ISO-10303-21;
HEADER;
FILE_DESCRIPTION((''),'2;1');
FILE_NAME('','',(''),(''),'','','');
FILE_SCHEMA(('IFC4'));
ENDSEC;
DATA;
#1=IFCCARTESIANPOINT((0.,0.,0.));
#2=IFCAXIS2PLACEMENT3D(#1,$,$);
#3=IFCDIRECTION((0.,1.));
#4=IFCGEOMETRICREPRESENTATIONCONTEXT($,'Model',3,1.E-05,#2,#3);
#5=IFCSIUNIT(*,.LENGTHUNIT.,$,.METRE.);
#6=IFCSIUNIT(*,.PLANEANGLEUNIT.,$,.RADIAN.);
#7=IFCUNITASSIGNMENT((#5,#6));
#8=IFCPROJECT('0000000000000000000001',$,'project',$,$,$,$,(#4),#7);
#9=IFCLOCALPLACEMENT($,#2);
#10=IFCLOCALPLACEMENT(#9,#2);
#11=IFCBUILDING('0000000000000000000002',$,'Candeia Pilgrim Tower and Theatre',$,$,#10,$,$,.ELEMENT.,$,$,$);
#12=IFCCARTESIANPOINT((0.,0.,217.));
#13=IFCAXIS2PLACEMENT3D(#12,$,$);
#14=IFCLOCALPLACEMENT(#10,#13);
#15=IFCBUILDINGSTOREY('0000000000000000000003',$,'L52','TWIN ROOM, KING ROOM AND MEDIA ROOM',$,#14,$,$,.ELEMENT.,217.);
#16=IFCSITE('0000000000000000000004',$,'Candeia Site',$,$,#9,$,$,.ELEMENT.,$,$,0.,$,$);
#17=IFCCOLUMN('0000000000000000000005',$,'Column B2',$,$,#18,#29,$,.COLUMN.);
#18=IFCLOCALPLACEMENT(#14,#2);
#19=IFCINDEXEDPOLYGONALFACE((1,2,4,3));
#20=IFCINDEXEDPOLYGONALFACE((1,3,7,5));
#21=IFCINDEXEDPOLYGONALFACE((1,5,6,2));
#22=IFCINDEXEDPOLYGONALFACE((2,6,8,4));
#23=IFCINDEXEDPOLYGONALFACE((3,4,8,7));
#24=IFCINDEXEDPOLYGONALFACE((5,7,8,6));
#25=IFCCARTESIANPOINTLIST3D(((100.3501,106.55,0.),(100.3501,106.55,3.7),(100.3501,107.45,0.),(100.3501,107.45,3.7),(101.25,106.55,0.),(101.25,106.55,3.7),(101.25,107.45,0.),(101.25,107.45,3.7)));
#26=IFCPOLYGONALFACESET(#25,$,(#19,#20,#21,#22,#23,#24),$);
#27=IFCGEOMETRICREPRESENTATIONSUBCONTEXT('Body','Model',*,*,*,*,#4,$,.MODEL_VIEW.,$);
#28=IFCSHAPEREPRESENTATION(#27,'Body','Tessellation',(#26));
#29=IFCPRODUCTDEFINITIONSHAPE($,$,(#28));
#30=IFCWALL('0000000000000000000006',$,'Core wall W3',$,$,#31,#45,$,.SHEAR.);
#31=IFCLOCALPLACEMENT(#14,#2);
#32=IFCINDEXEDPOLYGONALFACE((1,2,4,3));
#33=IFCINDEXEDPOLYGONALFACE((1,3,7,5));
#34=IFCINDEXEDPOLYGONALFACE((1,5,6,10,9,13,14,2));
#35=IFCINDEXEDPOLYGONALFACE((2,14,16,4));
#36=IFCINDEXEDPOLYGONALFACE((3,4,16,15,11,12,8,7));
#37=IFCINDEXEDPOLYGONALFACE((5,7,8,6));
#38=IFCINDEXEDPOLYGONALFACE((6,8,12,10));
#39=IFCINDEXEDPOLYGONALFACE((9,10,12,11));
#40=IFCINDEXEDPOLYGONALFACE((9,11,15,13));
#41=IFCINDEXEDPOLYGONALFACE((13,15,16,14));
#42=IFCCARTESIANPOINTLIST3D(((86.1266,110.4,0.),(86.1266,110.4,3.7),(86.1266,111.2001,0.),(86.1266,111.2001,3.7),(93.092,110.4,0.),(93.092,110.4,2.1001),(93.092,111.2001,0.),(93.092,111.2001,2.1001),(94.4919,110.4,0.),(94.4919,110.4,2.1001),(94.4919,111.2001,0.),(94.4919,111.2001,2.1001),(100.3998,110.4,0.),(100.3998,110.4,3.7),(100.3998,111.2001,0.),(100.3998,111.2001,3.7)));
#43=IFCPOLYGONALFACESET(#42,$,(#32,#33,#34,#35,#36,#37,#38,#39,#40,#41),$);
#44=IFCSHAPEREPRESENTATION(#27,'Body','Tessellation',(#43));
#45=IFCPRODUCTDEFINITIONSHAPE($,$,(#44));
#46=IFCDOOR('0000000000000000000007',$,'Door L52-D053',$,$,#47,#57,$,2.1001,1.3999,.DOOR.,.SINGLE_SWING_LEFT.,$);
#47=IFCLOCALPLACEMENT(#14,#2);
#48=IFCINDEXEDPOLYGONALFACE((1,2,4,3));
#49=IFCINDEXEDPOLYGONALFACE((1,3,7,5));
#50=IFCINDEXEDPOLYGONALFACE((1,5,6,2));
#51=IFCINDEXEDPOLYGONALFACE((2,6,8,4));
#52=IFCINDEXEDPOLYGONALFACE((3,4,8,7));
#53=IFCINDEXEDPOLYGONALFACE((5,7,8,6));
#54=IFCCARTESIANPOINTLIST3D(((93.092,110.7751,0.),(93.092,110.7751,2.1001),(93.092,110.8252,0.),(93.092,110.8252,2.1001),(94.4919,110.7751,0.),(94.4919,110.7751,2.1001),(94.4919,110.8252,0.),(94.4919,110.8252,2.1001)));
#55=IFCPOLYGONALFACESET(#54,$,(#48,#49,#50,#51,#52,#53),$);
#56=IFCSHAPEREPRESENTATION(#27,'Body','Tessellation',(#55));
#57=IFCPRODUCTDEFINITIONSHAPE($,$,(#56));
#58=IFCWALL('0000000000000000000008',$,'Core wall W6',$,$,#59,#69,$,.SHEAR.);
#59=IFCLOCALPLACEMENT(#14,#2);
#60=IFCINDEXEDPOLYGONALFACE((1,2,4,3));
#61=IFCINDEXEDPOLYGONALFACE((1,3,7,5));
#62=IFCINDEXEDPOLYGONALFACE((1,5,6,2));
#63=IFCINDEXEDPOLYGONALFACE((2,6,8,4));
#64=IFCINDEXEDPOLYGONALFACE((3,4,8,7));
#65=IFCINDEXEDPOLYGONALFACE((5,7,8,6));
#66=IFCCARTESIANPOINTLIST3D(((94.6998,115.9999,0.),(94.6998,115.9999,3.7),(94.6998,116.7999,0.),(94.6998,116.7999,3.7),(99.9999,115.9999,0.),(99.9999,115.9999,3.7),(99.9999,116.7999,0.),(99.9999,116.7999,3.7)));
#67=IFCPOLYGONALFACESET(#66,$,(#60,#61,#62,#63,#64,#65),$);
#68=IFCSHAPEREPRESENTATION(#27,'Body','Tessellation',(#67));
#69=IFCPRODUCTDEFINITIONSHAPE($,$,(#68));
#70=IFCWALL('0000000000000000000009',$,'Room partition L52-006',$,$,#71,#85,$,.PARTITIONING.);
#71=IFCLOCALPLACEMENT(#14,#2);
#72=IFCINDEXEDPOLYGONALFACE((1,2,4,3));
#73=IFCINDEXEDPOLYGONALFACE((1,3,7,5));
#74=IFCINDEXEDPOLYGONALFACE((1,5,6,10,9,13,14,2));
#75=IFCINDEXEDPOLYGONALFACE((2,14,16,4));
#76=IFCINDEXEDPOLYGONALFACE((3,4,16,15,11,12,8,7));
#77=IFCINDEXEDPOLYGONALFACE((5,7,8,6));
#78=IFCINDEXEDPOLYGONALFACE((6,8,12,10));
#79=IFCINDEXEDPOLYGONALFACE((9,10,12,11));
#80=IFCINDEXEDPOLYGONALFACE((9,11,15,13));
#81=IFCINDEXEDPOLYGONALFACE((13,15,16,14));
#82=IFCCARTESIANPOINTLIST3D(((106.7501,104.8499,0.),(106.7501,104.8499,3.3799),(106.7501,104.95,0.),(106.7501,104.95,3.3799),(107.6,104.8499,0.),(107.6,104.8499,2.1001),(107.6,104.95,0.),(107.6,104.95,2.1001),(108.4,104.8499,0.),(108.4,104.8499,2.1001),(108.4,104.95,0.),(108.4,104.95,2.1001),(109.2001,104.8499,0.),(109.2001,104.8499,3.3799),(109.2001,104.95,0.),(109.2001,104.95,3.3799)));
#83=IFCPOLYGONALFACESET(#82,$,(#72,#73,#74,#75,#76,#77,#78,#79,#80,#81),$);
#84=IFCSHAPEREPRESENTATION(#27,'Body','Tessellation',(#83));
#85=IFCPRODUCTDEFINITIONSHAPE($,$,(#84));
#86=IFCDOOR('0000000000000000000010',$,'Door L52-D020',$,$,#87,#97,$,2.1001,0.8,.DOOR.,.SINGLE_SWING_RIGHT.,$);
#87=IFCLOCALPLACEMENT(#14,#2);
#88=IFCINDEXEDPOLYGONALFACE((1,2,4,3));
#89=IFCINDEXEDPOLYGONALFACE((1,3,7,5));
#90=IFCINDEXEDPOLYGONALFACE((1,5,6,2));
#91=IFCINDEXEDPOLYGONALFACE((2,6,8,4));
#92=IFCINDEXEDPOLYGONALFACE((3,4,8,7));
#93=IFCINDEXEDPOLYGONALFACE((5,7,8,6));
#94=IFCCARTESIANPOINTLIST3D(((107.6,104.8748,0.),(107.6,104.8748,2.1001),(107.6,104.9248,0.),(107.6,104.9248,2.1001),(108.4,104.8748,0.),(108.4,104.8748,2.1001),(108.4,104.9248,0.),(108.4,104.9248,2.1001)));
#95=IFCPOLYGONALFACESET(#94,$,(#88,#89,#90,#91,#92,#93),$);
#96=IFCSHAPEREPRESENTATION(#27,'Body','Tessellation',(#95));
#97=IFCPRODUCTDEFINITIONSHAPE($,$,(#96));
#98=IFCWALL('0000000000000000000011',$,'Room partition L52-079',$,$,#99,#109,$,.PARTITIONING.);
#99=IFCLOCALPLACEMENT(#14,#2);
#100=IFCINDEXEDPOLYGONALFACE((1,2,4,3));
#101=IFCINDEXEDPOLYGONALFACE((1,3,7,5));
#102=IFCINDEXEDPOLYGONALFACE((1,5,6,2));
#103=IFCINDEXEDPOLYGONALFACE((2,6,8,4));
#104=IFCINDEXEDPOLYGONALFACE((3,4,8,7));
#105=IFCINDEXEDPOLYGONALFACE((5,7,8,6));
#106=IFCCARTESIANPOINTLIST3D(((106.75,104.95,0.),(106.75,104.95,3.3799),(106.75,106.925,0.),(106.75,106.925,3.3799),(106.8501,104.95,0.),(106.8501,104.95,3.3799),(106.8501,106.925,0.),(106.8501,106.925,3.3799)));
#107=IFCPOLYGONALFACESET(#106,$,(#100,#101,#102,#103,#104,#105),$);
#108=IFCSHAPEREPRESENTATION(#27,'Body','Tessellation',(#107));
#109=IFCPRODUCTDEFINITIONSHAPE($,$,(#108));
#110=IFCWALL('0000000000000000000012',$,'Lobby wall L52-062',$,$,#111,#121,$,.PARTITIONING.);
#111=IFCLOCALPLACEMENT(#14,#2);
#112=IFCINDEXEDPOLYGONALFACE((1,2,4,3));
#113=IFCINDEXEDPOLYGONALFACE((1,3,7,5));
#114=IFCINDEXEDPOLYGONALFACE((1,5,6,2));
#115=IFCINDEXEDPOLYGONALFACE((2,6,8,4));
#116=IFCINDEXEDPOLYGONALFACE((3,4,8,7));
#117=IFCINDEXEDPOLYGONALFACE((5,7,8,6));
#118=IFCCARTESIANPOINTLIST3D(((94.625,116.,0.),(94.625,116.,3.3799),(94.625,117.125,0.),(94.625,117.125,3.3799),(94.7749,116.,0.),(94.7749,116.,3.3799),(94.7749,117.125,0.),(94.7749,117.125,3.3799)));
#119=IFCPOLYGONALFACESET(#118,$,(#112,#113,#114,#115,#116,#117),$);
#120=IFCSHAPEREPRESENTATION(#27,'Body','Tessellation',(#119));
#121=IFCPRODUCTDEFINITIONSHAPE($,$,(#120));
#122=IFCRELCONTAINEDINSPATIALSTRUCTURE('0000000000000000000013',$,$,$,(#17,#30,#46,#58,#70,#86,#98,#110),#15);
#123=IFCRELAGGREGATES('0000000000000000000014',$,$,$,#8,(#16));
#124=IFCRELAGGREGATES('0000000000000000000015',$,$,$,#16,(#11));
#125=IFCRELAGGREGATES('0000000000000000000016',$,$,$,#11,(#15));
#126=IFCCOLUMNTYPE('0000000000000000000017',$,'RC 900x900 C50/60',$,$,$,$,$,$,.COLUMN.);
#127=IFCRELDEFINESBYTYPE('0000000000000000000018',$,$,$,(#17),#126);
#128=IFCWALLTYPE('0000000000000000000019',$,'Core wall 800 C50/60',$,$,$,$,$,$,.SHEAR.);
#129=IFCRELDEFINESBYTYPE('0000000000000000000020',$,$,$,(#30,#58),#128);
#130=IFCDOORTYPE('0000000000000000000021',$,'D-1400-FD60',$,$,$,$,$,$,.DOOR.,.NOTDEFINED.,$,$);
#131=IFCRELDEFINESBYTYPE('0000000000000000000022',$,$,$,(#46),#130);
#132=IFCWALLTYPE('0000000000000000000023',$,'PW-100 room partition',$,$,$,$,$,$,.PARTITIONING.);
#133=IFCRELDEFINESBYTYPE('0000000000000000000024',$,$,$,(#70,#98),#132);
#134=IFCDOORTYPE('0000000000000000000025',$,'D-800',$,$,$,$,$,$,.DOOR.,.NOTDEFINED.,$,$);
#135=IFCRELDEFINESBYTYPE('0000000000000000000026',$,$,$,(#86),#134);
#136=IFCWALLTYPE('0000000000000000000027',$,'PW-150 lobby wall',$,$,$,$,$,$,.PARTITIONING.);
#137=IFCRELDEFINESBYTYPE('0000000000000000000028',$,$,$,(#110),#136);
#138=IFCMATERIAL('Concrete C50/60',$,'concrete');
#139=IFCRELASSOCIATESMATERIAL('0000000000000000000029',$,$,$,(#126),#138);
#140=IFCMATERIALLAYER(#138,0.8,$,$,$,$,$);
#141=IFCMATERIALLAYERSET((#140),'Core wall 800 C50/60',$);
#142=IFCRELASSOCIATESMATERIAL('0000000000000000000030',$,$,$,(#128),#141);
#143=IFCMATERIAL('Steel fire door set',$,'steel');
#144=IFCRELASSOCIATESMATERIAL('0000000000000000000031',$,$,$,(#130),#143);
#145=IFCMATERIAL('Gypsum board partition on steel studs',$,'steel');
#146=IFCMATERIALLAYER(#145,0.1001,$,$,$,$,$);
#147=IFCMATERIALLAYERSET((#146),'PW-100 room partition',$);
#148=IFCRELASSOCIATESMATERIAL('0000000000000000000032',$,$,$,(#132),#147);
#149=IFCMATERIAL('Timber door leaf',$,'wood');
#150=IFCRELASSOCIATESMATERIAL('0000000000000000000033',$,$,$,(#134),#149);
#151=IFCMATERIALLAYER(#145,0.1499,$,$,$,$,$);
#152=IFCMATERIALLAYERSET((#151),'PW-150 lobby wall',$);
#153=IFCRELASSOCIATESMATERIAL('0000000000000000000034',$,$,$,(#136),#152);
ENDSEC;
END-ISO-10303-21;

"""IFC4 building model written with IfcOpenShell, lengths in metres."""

from ifc_helpers import new_model, si_unit, direction, frame, frame_2d, origin, origin_2d, place, context, subcontext, project, spatial, rectangle, extrude, material, layer, layer_set, material_profile, profile_set, type_object, element, fill, save


model = new_model("IFC4")

# Units and contexts
model_context = context("Model", 3, precision=1e-05, world=origin(), true_north=direction((0.0, 1.0)))
body_context = subcontext(model_context, "Body", "Model", "MODEL_VIEW")
ifc_project = project(units=[si_unit("LENGTHUNIT", "METRE"), si_unit("PLANEANGLEUNIT", "RADIAN")], contexts=[model_context])

# Site, building, storey
site_placement = place(None, origin())
site = spatial("IfcSite", under=ifc_project, at=site_placement, Name="Candeia Site", CompositionType="ELEMENT", RefElevation=0.0)
building_placement = place(site_placement, origin())
building = spatial("IfcBuilding", under=site, at=building_placement, Name="Candeia Pilgrim Tower and Theatre", CompositionType="ELEMENT")
storey_placement = place(building_placement, frame((0.0, 0.0, 217.0)))
storey = spatial("IfcBuildingStorey", under=building, at=storey_placement, Name="L52", Description="TWIN ROOM, KING ROOM AND MEDIA ROOM", CompositionType="ELEMENT", Elevation=217.0)

# Column
ifc_material_1 = material(Name="Concrete C50/60", Category="concrete")
ifc_material_profile = material_profile(ifc_material_1, rectangle(XDim=0.8999, YDim=0.8999, at=origin_2d()))
ifc_profile_set = profile_set([ifc_material_profile], Name="Concrete C50/60")
column_type = type_object("IfcColumnType", Name="RC 900x900 C50/60", PredefinedType="COLUMN", material=ifc_profile_set)
column_placement = place(storey_placement, frame((100.8, 107.0, 0.0), z_axis=(0.0, 0.0, 1.0), x_axis=(1.0, 0.0, 0.0)))
element("IfcColumn", 1, at=column_placement, inside=storey, type_object=column_type, Name="Column B2", PredefinedType="COLUMN", context=body_context, shape_type="SweptSolid", body=[
    extrude(rectangle(XDim=0.8999, YDim=0.8999, at=origin_2d()), origin(), (0.0, 0.0, 1.0), 3.7),
])

# Wall, opening, door
ifc_layer_1 = layer(ifc_material_1, 0.8)
ifc_layer_set_1 = layer_set([ifc_layer_1], Name="Core wall 800 C50/60")
wall_type_1 = type_object("IfcWallType", Name="Core wall 800 C50/60", PredefinedType="SHEAR", material=ifc_layer_set_1)
wall_1_placement = place(storey_placement, frame((100.3999, 110.8, 0.0), z_axis=(0.0, 0.0, 1.0), x_axis=(-1.0, 0.0, 0.0)))
wall_1 = element("IfcWall", 2, at=wall_1_placement, inside=storey, type_object=wall_type_1, Name="Core wall W3", PredefinedType="SHEAR", context=body_context, shape_type="SweptSolid", body=[
    extrude(rectangle(XDim=14.2732, YDim=0.8, at=frame_2d((7.1367, 0.0))), origin(), (0.0, 0.0, 1.0), 3.7),
])
opening_1_placement = place(wall_1_placement, frame((5.908, 0.0, 0.0)))
opening_1 = element("IfcOpeningElement", 3, at=opening_1_placement, cuts=wall_1, PredefinedType="OPENING", context=body_context, shape_type="SweptSolid", body=[
    extrude(rectangle(XDim=1.3999, YDim=2.1001, at=frame_2d((0.7, 1.05))), frame((0.0, 0.4102, 0.0), z_axis=(0.0, -1.0, 0.0), x_axis=(1.0, 0.0, 0.0)), (0.0, 0.0, 1.0), 0.8201),
])
ifc_material_2 = material(Name="Steel fire door set", Category="steel")
door_type_1 = type_object("IfcDoorType", Name="D-1400-FD60", OperationType="NOTDEFINED", PredefinedType="DOOR", material=ifc_material_2)
door_1_placement = place(opening_1_placement, origin())
door_1 = element("IfcDoor", 4, at=door_1_placement, inside=storey, type_object=door_type_1, Name="Door L52-D053", OperationType="SINGLE_SWING_LEFT", OverallHeight=2.1001, OverallWidth=1.3999, PredefinedType="DOOR", context=body_context, shape_type="SweptSolid", body=[
    extrude(rectangle(XDim=1.3999, YDim=2.1001, at=frame_2d((0.7, 1.05))), frame((0.0, 0.0249, 0.0), z_axis=(0.0, -1.0, 0.0), x_axis=(1.0, 0.0, 0.0)), (0.0, 0.0, 1.0), 0.05),
])
fill(opening_1, door_1)

# Wall
wall_2_placement = place(storey_placement, frame((94.7, 116.3999, 0.0), z_axis=(0.0, 0.0, 1.0), x_axis=(1.0, 0.0, 0.0)))
element("IfcWall", 5, at=wall_2_placement, inside=storey, type_object=wall_type_1, Name="Core wall W6", PredefinedType="SHEAR", context=body_context, shape_type="SweptSolid", body=[
    extrude(rectangle(XDim=5.3, YDim=0.8, at=frame_2d((2.6499, 0.0))), origin(), (0.0, 0.0, 1.0), 3.7),
])

# Wall, opening, door
ifc_material_3 = material(Name="Gypsum board partition on steel studs", Category="steel")
ifc_layer_2 = layer(ifc_material_3, 0.1001)
ifc_layer_set_2 = layer_set([ifc_layer_2], Name="PW-100 room partition")
wall_type_2 = type_object("IfcWallType", Name="PW-100 room partition", PredefinedType="PARTITIONING", material=ifc_layer_set_2)
wall_3_placement = place(storey_placement, frame((106.75, 104.8999, 0.0), z_axis=(0.0, 0.0, 1.0), x_axis=(1.0, 0.0, 0.0)))
wall_3 = element("IfcWall", 6, at=wall_3_placement, inside=storey, type_object=wall_type_2, Name="Room partition L52-006", PredefinedType="PARTITIONING", context=body_context, shape_type="SweptSolid", body=[
    extrude(rectangle(XDim=2.45, YDim=0.1001, at=frame_2d((1.2251, 0.0))), origin(), (0.0, 0.0, 1.0), 3.3799),
])
opening_2_placement = place(wall_3_placement, frame((0.8501, 0.0, 0.0)))
opening_2 = element("IfcOpeningElement", 7, at=opening_2_placement, cuts=wall_3, PredefinedType="OPENING", context=body_context, shape_type="SweptSolid", body=[
    extrude(rectangle(XDim=0.8, YDim=2.1001, at=frame_2d((0.3999, 1.05))), frame((0.0, 0.0601, 0.0), z_axis=(0.0, -1.0, 0.0), x_axis=(1.0, 0.0, 0.0)), (0.0, 0.0, 1.0), 0.1201),
])
ifc_material_4 = material(Name="Timber door leaf", Category="wood")
door_type_2 = type_object("IfcDoorType", Name="D-800", OperationType="NOTDEFINED", PredefinedType="DOOR", material=ifc_material_4)
door_2_placement = place(opening_2_placement, origin())
door_2 = element("IfcDoor", 8, at=door_2_placement, inside=storey, type_object=door_type_2, Name="Door L52-D020", OperationType="SINGLE_SWING_RIGHT", OverallHeight=2.1001, OverallWidth=0.8, PredefinedType="DOOR", context=body_context, shape_type="SweptSolid", body=[
    extrude(rectangle(XDim=0.8, YDim=2.1001, at=frame_2d((0.3999, 1.05))), frame((0.0, 0.0249, 0.0), z_axis=(0.0, -1.0, 0.0), x_axis=(1.0, 0.0, 0.0)), (0.0, 0.0, 1.0), 0.05),
])
fill(opening_2, door_2)

# Walls
wall_4_placement = place(storey_placement, frame((106.8, 104.95, 0.0), z_axis=(0.0, 0.0, 1.0), x_axis=(0.0, 1.0, 0.0)))
element("IfcWall", 9, at=wall_4_placement, inside=storey, type_object=wall_type_2, Name="Room partition L52-079", PredefinedType="PARTITIONING", context=body_context, shape_type="SweptSolid", body=[
    extrude(rectangle(XDim=1.9751, YDim=0.1001, at=frame_2d((0.9875, 0.0))), origin(), (0.0, 0.0, 1.0), 3.3799),
])
ifc_layer_3 = layer(ifc_material_3, 0.1499)
ifc_layer_set_3 = layer_set([ifc_layer_3], Name="PW-150 lobby wall")
wall_type_3 = type_object("IfcWallType", Name="PW-150 lobby wall", PredefinedType="PARTITIONING", material=ifc_layer_set_3)
wall_5_placement = place(storey_placement, frame((94.7, 116.0, 0.0), z_axis=(0.0, 0.0, 1.0), x_axis=(0.0, 1.0, 0.0)))
element("IfcWall", 10, at=wall_5_placement, inside=storey, type_object=wall_type_3, Name="Lobby wall L52-062", PredefinedType="PARTITIONING", context=body_context, shape_type="SweptSolid", body=[
    extrude(rectangle(XDim=1.125, YDim=0.1499, at=frame_2d((0.5625, 0.0))), origin(), (0.0, 0.0, 1.0), 3.3799),
])

save(model, "model.ifc")
